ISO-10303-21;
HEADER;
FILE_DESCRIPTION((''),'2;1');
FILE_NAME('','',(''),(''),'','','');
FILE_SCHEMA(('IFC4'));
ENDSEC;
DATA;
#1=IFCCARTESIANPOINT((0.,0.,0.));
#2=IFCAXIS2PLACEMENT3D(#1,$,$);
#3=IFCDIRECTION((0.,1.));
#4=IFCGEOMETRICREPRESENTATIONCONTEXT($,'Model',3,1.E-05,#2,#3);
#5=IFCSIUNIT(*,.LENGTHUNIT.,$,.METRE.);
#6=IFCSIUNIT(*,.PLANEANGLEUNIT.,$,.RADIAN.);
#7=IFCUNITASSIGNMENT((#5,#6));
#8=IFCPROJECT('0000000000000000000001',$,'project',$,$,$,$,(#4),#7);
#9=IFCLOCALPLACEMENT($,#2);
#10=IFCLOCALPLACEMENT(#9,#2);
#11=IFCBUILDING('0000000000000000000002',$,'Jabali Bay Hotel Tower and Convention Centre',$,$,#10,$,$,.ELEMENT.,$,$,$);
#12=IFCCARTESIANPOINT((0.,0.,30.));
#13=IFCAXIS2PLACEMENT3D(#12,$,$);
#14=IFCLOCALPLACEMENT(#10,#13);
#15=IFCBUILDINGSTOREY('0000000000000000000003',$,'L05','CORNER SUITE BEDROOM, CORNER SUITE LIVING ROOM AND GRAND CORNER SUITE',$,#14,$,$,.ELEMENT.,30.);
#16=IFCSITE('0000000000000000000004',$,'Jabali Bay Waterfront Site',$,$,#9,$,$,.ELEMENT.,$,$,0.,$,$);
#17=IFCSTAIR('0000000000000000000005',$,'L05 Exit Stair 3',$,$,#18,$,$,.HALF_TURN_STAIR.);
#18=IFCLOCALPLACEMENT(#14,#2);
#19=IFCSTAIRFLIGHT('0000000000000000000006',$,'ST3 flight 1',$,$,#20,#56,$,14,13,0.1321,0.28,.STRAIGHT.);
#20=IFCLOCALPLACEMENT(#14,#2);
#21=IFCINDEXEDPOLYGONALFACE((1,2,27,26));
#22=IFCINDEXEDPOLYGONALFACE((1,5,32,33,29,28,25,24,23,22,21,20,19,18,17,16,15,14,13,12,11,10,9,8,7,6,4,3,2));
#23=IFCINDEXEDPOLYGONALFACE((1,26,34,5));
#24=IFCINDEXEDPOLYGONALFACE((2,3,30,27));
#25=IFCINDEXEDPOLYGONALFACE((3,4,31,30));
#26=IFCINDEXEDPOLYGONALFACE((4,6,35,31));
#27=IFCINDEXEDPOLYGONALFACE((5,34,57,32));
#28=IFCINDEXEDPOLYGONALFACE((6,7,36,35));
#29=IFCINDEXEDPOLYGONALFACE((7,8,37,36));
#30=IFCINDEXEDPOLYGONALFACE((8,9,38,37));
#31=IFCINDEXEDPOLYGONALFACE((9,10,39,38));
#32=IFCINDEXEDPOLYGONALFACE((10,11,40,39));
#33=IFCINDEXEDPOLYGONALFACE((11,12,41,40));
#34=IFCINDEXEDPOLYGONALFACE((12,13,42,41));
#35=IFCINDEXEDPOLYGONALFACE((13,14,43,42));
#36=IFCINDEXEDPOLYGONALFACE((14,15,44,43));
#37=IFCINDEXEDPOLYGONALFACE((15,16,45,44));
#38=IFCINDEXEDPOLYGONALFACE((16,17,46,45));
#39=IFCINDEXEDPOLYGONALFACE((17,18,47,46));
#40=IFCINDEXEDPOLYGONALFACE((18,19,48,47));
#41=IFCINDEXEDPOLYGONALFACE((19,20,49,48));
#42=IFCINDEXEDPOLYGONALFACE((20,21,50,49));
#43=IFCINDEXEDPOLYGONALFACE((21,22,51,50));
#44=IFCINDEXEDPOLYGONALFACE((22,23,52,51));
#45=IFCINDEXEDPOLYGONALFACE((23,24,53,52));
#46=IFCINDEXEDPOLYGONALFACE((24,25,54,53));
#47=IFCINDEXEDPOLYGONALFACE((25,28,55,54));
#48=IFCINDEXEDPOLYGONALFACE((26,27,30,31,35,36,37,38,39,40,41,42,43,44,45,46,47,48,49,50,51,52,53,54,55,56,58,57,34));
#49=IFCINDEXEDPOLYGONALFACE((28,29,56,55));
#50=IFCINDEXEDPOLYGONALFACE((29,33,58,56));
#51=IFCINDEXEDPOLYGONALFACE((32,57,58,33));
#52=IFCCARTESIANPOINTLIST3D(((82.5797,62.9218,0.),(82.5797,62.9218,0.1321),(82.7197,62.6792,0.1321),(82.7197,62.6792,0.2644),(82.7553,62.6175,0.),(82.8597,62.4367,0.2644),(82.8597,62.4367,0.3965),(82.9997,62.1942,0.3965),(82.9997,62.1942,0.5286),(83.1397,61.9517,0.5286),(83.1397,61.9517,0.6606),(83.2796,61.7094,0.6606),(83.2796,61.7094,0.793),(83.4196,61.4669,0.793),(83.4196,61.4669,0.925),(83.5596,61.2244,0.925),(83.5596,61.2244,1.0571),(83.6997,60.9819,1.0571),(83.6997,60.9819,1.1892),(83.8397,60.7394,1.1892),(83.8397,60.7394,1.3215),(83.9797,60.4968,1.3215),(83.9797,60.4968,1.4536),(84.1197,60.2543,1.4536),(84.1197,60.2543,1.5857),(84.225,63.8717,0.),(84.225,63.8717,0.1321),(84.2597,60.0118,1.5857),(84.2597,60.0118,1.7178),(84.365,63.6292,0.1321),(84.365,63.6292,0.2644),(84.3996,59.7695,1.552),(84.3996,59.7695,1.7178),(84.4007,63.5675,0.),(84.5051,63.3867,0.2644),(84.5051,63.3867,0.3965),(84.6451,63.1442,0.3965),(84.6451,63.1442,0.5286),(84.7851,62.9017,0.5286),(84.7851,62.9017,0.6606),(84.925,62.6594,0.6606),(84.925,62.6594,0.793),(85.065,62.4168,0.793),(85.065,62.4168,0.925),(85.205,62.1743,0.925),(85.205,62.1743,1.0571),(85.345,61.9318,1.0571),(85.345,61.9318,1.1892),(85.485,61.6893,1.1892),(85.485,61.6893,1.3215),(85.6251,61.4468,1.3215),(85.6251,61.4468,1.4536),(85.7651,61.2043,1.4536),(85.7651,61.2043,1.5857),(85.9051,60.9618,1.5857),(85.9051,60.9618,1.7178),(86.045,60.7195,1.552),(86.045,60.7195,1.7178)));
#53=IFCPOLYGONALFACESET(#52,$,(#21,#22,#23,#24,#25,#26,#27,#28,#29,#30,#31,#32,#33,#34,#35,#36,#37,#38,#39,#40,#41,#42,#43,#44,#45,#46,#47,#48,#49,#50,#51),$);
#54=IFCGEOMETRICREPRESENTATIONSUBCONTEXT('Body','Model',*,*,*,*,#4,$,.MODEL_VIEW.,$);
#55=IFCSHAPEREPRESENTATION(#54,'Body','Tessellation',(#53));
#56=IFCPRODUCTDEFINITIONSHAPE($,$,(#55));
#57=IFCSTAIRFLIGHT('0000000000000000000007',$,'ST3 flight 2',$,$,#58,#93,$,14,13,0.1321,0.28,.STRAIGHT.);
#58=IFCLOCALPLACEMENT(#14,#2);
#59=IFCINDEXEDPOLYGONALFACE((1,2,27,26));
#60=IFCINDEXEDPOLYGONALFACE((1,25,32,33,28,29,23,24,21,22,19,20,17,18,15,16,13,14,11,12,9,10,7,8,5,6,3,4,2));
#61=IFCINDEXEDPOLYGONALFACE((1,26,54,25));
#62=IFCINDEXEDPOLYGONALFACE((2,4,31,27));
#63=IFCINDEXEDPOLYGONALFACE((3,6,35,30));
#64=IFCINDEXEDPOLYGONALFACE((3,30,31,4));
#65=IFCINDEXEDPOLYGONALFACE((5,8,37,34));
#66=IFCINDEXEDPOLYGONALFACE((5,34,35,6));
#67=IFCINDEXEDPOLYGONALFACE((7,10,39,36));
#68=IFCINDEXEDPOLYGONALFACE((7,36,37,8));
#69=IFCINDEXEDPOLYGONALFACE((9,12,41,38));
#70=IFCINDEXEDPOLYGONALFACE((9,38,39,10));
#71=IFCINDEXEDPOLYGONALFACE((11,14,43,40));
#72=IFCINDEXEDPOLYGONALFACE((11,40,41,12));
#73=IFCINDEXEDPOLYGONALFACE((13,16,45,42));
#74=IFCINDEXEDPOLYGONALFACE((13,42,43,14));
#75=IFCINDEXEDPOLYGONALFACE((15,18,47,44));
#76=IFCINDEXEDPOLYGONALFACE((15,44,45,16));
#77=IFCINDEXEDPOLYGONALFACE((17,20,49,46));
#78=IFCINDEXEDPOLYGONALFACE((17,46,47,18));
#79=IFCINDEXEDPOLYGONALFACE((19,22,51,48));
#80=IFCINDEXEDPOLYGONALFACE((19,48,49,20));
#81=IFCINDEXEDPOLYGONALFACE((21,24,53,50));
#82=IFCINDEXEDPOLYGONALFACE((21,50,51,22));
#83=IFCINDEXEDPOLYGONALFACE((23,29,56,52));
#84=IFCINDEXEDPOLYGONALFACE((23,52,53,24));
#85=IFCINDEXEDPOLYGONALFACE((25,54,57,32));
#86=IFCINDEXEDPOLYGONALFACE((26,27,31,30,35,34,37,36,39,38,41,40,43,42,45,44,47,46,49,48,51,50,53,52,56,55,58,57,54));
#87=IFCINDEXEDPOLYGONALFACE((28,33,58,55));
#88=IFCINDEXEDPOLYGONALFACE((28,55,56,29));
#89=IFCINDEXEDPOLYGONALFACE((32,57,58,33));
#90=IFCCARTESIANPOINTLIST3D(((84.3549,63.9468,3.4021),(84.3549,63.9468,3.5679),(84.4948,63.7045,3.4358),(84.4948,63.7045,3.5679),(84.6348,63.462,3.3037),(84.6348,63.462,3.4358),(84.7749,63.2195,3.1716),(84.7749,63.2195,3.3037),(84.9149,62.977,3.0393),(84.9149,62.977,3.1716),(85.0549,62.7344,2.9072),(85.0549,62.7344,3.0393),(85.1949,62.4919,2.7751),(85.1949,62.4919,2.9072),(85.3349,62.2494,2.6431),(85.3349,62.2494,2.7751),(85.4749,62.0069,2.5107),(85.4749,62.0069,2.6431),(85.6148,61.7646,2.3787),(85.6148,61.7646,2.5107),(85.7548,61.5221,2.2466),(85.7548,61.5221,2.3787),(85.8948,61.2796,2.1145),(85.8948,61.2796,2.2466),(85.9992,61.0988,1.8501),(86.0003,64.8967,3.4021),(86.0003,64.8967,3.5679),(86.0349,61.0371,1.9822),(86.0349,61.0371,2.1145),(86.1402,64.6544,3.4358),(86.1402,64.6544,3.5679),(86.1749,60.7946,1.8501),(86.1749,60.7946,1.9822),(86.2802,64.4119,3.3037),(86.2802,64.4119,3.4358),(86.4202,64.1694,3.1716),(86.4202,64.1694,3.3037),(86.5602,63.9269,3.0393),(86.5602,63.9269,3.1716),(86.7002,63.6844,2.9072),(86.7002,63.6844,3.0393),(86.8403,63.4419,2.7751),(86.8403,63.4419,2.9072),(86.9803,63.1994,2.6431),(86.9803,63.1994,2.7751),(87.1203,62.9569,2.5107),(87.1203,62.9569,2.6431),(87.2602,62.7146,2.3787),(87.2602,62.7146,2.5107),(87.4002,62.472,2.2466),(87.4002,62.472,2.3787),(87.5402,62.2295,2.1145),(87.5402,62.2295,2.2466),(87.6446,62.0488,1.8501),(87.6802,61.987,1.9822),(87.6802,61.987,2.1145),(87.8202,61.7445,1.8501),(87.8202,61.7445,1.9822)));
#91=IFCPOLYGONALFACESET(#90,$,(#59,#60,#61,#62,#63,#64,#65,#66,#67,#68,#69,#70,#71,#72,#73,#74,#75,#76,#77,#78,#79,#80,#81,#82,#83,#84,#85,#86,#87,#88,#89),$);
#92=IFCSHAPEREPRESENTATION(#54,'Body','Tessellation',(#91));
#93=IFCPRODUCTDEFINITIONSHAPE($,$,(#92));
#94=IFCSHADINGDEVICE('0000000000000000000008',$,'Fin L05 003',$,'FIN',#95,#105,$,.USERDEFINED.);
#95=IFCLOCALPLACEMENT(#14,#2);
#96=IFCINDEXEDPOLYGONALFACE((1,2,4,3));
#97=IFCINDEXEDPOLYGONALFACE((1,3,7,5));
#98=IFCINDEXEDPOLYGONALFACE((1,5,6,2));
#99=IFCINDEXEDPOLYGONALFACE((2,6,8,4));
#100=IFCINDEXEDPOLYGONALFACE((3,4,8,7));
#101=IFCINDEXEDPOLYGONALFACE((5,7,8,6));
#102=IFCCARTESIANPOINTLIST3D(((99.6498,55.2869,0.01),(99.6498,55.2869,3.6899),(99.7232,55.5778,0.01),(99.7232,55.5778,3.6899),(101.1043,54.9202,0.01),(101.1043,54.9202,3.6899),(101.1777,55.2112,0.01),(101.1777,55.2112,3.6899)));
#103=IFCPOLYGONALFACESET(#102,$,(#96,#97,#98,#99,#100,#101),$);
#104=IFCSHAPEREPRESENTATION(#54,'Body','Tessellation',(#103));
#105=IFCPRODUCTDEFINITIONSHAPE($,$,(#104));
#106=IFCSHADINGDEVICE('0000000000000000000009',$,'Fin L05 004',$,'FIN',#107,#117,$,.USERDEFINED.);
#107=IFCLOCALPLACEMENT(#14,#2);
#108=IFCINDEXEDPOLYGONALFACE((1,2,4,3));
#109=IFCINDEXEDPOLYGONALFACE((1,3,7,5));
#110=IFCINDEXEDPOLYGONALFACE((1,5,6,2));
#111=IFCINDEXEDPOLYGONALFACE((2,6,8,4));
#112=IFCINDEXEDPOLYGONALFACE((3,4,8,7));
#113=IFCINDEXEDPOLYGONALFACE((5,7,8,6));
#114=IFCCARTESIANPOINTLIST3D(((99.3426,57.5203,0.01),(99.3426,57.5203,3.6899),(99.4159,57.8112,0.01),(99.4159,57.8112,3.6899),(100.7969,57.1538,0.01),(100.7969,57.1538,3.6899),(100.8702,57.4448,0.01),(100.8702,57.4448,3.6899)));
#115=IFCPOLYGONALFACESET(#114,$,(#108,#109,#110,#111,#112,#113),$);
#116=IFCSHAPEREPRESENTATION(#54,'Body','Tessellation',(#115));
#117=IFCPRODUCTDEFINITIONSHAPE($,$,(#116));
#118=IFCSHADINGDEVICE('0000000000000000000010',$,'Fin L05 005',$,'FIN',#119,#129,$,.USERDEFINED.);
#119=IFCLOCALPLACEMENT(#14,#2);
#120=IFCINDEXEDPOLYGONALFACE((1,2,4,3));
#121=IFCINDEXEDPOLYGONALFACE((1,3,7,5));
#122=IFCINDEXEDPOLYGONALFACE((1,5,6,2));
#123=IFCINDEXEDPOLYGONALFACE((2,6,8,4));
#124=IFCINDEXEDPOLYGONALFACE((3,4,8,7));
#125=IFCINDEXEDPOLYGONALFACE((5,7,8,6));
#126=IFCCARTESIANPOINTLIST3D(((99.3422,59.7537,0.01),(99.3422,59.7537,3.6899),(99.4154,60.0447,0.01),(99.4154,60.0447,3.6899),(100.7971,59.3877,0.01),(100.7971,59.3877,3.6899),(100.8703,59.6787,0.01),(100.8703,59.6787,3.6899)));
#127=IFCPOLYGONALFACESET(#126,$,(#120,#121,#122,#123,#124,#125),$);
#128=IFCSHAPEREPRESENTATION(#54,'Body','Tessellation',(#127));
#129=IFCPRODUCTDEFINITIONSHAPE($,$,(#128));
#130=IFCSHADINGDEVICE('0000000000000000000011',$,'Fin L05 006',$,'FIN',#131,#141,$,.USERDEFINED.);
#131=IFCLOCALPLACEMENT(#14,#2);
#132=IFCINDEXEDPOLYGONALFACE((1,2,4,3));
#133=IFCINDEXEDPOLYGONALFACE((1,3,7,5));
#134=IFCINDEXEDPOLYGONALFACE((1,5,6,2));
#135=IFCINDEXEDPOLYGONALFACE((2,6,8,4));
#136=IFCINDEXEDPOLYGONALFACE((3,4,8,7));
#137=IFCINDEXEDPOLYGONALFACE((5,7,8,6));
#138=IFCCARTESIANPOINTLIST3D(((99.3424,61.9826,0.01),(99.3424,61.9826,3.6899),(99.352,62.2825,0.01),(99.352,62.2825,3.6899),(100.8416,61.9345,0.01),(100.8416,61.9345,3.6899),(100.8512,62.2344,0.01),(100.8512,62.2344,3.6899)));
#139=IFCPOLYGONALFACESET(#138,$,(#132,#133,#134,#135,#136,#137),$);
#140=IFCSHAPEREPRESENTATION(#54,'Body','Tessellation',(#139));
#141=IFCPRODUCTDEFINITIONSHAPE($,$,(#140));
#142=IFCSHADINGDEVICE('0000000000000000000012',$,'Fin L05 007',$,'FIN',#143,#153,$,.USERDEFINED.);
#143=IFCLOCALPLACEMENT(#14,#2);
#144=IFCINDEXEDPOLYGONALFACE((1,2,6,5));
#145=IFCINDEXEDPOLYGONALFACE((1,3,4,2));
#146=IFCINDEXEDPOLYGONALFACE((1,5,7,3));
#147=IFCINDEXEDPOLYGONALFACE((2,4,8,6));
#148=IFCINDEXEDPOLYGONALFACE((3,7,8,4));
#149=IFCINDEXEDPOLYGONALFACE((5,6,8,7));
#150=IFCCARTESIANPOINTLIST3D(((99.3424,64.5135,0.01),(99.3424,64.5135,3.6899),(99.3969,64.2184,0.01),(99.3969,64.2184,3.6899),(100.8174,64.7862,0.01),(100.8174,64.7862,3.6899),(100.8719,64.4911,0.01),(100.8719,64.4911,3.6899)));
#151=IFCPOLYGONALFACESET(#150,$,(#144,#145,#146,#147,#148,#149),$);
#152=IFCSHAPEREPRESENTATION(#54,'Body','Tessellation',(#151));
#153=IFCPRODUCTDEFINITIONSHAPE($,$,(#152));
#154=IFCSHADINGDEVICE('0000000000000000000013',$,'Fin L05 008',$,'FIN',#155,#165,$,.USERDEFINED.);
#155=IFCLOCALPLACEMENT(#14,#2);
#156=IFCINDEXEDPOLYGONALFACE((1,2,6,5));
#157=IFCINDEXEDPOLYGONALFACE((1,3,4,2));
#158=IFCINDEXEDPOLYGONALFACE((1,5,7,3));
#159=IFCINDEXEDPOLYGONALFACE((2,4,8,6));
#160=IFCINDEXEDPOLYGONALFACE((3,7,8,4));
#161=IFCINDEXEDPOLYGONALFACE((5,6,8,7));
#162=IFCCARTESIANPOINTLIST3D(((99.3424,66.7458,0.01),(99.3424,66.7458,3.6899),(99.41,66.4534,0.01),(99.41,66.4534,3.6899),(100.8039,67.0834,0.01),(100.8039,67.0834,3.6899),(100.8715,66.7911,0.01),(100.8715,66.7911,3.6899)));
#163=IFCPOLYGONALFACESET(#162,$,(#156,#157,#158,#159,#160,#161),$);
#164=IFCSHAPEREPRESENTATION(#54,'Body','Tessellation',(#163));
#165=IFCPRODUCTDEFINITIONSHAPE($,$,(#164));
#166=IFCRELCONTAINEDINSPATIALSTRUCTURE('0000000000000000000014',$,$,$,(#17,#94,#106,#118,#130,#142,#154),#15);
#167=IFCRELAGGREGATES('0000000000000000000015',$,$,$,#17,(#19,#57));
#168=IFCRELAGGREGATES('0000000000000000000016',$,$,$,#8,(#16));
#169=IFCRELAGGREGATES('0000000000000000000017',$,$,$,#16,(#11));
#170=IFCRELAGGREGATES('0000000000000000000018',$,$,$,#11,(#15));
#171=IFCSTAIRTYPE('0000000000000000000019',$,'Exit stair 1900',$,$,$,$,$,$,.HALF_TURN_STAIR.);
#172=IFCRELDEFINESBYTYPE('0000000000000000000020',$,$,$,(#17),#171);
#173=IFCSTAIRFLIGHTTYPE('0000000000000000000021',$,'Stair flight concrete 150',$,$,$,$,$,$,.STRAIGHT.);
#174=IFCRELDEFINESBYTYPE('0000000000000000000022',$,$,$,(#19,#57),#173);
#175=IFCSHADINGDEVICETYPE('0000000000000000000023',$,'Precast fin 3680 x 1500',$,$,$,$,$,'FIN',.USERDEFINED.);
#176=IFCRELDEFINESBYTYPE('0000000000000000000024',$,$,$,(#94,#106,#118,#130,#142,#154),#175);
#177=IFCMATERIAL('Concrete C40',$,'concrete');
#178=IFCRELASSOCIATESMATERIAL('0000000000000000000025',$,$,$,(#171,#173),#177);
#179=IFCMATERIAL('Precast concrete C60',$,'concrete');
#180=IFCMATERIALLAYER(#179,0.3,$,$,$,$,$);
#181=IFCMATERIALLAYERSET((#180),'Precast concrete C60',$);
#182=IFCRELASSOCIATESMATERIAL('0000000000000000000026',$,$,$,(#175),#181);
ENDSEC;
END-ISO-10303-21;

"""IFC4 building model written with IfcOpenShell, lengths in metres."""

from ifc_helpers import new_model, si_unit, direction, frame, frame_2d, origin, place, context, subcontext, project, spatial, polyline, rectangle, outline, extrude, material, layer, layer_set, type_object, element, aggregate, save


model = new_model("IFC4")

# Units and contexts
model_context = context("Model", 3, precision=1e-05, world=origin(), true_north=direction((0.0, 1.0)))
body_context = subcontext(model_context, "Body", "Model", "MODEL_VIEW")
ifc_project = project(units=[si_unit("LENGTHUNIT", "METRE"), si_unit("PLANEANGLEUNIT", "RADIAN")], contexts=[model_context])

# Site, building, storey
site_placement = place(None, origin())
site = spatial("IfcSite", under=ifc_project, at=site_placement, Name="Jabali Bay Waterfront Site", CompositionType="ELEMENT", RefElevation=0.0)
building_placement = place(site_placement, origin())
building = spatial("IfcBuilding", under=site, at=building_placement, Name="Jabali Bay Hotel Tower and Convention Centre", CompositionType="ELEMENT")
storey_placement = place(building_placement, frame((0.0, 0.0, 30.0)))
storey = spatial("IfcBuildingStorey", under=building, at=storey_placement, Name="L05", Description="CORNER SUITE BEDROOM, CORNER SUITE LIVING ROOM AND GRAND CORNER SUITE", CompositionType="ELEMENT", Elevation=30.0)

# Shared definitions
ifc_material_1 = material(Name="Concrete C40", Category="concrete")

# Stair, stair flights
stair_type = type_object("IfcStairType", Name="Exit stair 1900", PredefinedType="HALF_TURN_STAIR", material=ifc_material_1)
stair_placement = place(storey_placement, origin())
stair = element("IfcStair", 1, at=stair_placement, inside=storey, type_object=stair_type, Name="L05 Exit Stair 3", PredefinedType="HALF_TURN_STAIR")
stair_flight_type = type_object("IfcStairFlightType", Name="Stair flight concrete 150", PredefinedType="STRAIGHT", material=ifc_material_1)
stair_flight_1_placement = place(storey_placement, frame((83.4023, 63.3967, 0.0), z_axis=(0.0, 0.0, 1.0), x_axis=(0.5, -0.866025, 0.0)))
stair_flight_1 = element("IfcStairFlight", 2, at=stair_flight_1_placement, type_object=stair_flight_type, Name="ST3 flight 1", NumberOfRisers=14, NumberOfTreads=13, PredefinedType="STRAIGHT", RiserHeight=0.1321, TreadLength=0.28, context=body_context, shape_type="SweptSolid", body=[
    extrude(outline(polyline([(0.0, 0.0), (0.0, 0.1321), (0.28, 0.1321), (0.28, 0.2644), (0.5601, 0.2644), (0.5601, 0.3965), (0.8401, 0.3965), (0.8401, 0.5286), (1.1201, 0.5286), (1.1201, 0.6606), (1.3999, 0.6606), (1.3999, 0.793), (1.6799, 0.793), (1.6799, 0.925), (1.96, 0.925), (1.96, 1.0571), (2.24, 1.0571), (2.24, 1.1892), (2.52, 1.1892), (2.52, 1.3215), (2.8, 1.3215), (2.8, 1.4536), (3.0801, 1.4536), (3.0801, 1.5857), (3.3601, 1.5857), (3.3601, 1.7178), (3.6399, 1.7178), (3.6399, 1.8501), (3.6399, 1.552), (0.3513, 0.0), (0.0, 0.0)])), frame((0.0, 0.95, 0.0), z_axis=(0.0, -1.0, 0.0), x_axis=(1.0, 0.0, 0.0)), (0.0, 0.0, 1.0), 1.8999),
])
stair_flight_2_placement = place(storey_placement, frame((86.9976, 61.2695, 1.8501), z_axis=(0.0, 0.0, 1.0), x_axis=(-0.5, 0.866025, 0.0)))
stair_flight_2 = element("IfcStairFlight", 3, at=stair_flight_2_placement, type_object=stair_flight_type, Name="ST3 flight 2", NumberOfRisers=14, NumberOfTreads=13, PredefinedType="STRAIGHT", RiserHeight=0.1321, TreadLength=0.28, context=body_context, shape_type="SweptSolid", body=[
    extrude(outline(polyline([(0.0, 0.0), (0.0, 0.1321), (0.28, 0.1321), (0.28, 0.2644), (0.5601, 0.2644), (0.5601, 0.3965), (0.8401, 0.3965), (0.8401, 0.5286), (1.1201, 0.5286), (1.1201, 0.6606), (1.3999, 0.6606), (1.3999, 0.793), (1.6799, 0.793), (1.6799, 0.925), (1.96, 0.925), (1.96, 1.0571), (2.24, 1.0571), (2.24, 1.1892), (2.52, 1.1892), (2.52, 1.3215), (2.8, 1.3215), (2.8, 1.4536), (3.0801, 1.4536), (3.0801, 1.5857), (3.3601, 1.5857), (3.3601, 1.7178), (3.6399, 1.7178), (3.6399, 1.8501), (3.6399, 1.552), (0.3513, 0.0), (0.0, 0.0)])), frame((0.0, 0.95, 0.0), z_axis=(0.0, -1.0, 0.0), x_axis=(1.0, 0.0, 0.0)), (0.0, 0.0, 1.0), 1.8999),
])
aggregate(stair, [stair_flight_1, stair_flight_2])

# Shading devices
ifc_material_2 = material(Name="Precast concrete C60", Category="concrete")
ifc_layer_1 = layer(ifc_material_2, 0.3)
ifc_layer_set_1 = layer_set([ifc_layer_1], Name="Precast concrete C60")
shading_device_type = type_object("IfcShadingDeviceType", Name="Precast fin 3680 x 1500", ElementType="FIN", PredefinedType="USERDEFINED", material=ifc_layer_set_1)
shading_device_1_placement = place(storey_placement, frame((99.6865, 55.4324, 0.01), z_axis=(0.0, 0.0, 1.0), x_axis=(0.969662, -0.24445, 0.0)))
element("IfcShadingDevice", 4, at=shading_device_1_placement, inside=storey, type_object=shading_device_type, Name="Fin L05 003", ObjectType="FIN", PredefinedType="USERDEFINED", context=body_context, shape_type="SweptSolid", body=[
    extrude(rectangle(XDim=1.5, YDim=0.3, at=frame_2d((0.75, 0.0))), origin(), (0.0, 0.0, 1.0), 3.6799),
])
shading_device_2_placement = place(storey_placement, frame((99.3792, 57.6658, 0.01), z_axis=(0.0, 0.0, 1.0), x_axis=(0.969691, -0.244335, 0.0)))
element("IfcShadingDevice", 5, at=shading_device_2_placement, inside=storey, type_object=shading_device_type, Name="Fin L05 004", ObjectType="FIN", PredefinedType="USERDEFINED", context=body_context, shape_type="SweptSolid", body=[
    extrude(rectangle(XDim=1.4998, YDim=0.3, at=frame_2d((0.75, 0.0))), origin(), (0.0, 0.0, 1.0), 3.6799),
])
shading_device_3_placement = place(storey_placement, frame((99.3789, 59.8992, 0.01), z_axis=(0.0, 0.0, 1.0), x_axis=(0.969787, -0.243952, 0.0)))
element("IfcShadingDevice", 6, at=shading_device_3_placement, inside=storey, type_object=shading_device_type, Name="Fin L05 005", ObjectType="FIN", PredefinedType="USERDEFINED", context=body_context, shape_type="SweptSolid", body=[
    extrude(rectangle(XDim=1.5002, YDim=0.3, at=frame_2d((0.75, 0.0))), origin(), (0.0, 0.0, 1.0), 3.6799),
])
for number, where, z_axis, x_axis, name in (
    (7, (99.3472, 62.1326, 0.01), (0.0, 0.0, 1.0), (0.999486, -0.032063, 0.0), "Fin L05 006"),
    (8, (99.3696, 64.366, 0.01), (0.0, 0.0, 1.0), (0.983337, 0.181792, 0.0), "Fin L05 007"),
    (9, (99.3762, 66.5996, 0.01), (0.0, 0.0, 1.0), (0.974334, 0.225109, 0.0), "Fin L05 008"),
):
    element("IfcShadingDevice", number, at=place(storey_placement, frame(where, z_axis=z_axis, x_axis=x_axis)), inside=storey, type_object=shading_device_type, Name=name, ObjectType="FIN", PredefinedType="USERDEFINED", context=body_context, shape_type="SweptSolid", body=[
        extrude(rectangle(XDim=1.5, YDim=0.3, at=frame_2d((0.75, 0.0))), origin(), (0.0, 0.0, 1.0), 3.6799),
    ])

save(model, "model.ifc")
